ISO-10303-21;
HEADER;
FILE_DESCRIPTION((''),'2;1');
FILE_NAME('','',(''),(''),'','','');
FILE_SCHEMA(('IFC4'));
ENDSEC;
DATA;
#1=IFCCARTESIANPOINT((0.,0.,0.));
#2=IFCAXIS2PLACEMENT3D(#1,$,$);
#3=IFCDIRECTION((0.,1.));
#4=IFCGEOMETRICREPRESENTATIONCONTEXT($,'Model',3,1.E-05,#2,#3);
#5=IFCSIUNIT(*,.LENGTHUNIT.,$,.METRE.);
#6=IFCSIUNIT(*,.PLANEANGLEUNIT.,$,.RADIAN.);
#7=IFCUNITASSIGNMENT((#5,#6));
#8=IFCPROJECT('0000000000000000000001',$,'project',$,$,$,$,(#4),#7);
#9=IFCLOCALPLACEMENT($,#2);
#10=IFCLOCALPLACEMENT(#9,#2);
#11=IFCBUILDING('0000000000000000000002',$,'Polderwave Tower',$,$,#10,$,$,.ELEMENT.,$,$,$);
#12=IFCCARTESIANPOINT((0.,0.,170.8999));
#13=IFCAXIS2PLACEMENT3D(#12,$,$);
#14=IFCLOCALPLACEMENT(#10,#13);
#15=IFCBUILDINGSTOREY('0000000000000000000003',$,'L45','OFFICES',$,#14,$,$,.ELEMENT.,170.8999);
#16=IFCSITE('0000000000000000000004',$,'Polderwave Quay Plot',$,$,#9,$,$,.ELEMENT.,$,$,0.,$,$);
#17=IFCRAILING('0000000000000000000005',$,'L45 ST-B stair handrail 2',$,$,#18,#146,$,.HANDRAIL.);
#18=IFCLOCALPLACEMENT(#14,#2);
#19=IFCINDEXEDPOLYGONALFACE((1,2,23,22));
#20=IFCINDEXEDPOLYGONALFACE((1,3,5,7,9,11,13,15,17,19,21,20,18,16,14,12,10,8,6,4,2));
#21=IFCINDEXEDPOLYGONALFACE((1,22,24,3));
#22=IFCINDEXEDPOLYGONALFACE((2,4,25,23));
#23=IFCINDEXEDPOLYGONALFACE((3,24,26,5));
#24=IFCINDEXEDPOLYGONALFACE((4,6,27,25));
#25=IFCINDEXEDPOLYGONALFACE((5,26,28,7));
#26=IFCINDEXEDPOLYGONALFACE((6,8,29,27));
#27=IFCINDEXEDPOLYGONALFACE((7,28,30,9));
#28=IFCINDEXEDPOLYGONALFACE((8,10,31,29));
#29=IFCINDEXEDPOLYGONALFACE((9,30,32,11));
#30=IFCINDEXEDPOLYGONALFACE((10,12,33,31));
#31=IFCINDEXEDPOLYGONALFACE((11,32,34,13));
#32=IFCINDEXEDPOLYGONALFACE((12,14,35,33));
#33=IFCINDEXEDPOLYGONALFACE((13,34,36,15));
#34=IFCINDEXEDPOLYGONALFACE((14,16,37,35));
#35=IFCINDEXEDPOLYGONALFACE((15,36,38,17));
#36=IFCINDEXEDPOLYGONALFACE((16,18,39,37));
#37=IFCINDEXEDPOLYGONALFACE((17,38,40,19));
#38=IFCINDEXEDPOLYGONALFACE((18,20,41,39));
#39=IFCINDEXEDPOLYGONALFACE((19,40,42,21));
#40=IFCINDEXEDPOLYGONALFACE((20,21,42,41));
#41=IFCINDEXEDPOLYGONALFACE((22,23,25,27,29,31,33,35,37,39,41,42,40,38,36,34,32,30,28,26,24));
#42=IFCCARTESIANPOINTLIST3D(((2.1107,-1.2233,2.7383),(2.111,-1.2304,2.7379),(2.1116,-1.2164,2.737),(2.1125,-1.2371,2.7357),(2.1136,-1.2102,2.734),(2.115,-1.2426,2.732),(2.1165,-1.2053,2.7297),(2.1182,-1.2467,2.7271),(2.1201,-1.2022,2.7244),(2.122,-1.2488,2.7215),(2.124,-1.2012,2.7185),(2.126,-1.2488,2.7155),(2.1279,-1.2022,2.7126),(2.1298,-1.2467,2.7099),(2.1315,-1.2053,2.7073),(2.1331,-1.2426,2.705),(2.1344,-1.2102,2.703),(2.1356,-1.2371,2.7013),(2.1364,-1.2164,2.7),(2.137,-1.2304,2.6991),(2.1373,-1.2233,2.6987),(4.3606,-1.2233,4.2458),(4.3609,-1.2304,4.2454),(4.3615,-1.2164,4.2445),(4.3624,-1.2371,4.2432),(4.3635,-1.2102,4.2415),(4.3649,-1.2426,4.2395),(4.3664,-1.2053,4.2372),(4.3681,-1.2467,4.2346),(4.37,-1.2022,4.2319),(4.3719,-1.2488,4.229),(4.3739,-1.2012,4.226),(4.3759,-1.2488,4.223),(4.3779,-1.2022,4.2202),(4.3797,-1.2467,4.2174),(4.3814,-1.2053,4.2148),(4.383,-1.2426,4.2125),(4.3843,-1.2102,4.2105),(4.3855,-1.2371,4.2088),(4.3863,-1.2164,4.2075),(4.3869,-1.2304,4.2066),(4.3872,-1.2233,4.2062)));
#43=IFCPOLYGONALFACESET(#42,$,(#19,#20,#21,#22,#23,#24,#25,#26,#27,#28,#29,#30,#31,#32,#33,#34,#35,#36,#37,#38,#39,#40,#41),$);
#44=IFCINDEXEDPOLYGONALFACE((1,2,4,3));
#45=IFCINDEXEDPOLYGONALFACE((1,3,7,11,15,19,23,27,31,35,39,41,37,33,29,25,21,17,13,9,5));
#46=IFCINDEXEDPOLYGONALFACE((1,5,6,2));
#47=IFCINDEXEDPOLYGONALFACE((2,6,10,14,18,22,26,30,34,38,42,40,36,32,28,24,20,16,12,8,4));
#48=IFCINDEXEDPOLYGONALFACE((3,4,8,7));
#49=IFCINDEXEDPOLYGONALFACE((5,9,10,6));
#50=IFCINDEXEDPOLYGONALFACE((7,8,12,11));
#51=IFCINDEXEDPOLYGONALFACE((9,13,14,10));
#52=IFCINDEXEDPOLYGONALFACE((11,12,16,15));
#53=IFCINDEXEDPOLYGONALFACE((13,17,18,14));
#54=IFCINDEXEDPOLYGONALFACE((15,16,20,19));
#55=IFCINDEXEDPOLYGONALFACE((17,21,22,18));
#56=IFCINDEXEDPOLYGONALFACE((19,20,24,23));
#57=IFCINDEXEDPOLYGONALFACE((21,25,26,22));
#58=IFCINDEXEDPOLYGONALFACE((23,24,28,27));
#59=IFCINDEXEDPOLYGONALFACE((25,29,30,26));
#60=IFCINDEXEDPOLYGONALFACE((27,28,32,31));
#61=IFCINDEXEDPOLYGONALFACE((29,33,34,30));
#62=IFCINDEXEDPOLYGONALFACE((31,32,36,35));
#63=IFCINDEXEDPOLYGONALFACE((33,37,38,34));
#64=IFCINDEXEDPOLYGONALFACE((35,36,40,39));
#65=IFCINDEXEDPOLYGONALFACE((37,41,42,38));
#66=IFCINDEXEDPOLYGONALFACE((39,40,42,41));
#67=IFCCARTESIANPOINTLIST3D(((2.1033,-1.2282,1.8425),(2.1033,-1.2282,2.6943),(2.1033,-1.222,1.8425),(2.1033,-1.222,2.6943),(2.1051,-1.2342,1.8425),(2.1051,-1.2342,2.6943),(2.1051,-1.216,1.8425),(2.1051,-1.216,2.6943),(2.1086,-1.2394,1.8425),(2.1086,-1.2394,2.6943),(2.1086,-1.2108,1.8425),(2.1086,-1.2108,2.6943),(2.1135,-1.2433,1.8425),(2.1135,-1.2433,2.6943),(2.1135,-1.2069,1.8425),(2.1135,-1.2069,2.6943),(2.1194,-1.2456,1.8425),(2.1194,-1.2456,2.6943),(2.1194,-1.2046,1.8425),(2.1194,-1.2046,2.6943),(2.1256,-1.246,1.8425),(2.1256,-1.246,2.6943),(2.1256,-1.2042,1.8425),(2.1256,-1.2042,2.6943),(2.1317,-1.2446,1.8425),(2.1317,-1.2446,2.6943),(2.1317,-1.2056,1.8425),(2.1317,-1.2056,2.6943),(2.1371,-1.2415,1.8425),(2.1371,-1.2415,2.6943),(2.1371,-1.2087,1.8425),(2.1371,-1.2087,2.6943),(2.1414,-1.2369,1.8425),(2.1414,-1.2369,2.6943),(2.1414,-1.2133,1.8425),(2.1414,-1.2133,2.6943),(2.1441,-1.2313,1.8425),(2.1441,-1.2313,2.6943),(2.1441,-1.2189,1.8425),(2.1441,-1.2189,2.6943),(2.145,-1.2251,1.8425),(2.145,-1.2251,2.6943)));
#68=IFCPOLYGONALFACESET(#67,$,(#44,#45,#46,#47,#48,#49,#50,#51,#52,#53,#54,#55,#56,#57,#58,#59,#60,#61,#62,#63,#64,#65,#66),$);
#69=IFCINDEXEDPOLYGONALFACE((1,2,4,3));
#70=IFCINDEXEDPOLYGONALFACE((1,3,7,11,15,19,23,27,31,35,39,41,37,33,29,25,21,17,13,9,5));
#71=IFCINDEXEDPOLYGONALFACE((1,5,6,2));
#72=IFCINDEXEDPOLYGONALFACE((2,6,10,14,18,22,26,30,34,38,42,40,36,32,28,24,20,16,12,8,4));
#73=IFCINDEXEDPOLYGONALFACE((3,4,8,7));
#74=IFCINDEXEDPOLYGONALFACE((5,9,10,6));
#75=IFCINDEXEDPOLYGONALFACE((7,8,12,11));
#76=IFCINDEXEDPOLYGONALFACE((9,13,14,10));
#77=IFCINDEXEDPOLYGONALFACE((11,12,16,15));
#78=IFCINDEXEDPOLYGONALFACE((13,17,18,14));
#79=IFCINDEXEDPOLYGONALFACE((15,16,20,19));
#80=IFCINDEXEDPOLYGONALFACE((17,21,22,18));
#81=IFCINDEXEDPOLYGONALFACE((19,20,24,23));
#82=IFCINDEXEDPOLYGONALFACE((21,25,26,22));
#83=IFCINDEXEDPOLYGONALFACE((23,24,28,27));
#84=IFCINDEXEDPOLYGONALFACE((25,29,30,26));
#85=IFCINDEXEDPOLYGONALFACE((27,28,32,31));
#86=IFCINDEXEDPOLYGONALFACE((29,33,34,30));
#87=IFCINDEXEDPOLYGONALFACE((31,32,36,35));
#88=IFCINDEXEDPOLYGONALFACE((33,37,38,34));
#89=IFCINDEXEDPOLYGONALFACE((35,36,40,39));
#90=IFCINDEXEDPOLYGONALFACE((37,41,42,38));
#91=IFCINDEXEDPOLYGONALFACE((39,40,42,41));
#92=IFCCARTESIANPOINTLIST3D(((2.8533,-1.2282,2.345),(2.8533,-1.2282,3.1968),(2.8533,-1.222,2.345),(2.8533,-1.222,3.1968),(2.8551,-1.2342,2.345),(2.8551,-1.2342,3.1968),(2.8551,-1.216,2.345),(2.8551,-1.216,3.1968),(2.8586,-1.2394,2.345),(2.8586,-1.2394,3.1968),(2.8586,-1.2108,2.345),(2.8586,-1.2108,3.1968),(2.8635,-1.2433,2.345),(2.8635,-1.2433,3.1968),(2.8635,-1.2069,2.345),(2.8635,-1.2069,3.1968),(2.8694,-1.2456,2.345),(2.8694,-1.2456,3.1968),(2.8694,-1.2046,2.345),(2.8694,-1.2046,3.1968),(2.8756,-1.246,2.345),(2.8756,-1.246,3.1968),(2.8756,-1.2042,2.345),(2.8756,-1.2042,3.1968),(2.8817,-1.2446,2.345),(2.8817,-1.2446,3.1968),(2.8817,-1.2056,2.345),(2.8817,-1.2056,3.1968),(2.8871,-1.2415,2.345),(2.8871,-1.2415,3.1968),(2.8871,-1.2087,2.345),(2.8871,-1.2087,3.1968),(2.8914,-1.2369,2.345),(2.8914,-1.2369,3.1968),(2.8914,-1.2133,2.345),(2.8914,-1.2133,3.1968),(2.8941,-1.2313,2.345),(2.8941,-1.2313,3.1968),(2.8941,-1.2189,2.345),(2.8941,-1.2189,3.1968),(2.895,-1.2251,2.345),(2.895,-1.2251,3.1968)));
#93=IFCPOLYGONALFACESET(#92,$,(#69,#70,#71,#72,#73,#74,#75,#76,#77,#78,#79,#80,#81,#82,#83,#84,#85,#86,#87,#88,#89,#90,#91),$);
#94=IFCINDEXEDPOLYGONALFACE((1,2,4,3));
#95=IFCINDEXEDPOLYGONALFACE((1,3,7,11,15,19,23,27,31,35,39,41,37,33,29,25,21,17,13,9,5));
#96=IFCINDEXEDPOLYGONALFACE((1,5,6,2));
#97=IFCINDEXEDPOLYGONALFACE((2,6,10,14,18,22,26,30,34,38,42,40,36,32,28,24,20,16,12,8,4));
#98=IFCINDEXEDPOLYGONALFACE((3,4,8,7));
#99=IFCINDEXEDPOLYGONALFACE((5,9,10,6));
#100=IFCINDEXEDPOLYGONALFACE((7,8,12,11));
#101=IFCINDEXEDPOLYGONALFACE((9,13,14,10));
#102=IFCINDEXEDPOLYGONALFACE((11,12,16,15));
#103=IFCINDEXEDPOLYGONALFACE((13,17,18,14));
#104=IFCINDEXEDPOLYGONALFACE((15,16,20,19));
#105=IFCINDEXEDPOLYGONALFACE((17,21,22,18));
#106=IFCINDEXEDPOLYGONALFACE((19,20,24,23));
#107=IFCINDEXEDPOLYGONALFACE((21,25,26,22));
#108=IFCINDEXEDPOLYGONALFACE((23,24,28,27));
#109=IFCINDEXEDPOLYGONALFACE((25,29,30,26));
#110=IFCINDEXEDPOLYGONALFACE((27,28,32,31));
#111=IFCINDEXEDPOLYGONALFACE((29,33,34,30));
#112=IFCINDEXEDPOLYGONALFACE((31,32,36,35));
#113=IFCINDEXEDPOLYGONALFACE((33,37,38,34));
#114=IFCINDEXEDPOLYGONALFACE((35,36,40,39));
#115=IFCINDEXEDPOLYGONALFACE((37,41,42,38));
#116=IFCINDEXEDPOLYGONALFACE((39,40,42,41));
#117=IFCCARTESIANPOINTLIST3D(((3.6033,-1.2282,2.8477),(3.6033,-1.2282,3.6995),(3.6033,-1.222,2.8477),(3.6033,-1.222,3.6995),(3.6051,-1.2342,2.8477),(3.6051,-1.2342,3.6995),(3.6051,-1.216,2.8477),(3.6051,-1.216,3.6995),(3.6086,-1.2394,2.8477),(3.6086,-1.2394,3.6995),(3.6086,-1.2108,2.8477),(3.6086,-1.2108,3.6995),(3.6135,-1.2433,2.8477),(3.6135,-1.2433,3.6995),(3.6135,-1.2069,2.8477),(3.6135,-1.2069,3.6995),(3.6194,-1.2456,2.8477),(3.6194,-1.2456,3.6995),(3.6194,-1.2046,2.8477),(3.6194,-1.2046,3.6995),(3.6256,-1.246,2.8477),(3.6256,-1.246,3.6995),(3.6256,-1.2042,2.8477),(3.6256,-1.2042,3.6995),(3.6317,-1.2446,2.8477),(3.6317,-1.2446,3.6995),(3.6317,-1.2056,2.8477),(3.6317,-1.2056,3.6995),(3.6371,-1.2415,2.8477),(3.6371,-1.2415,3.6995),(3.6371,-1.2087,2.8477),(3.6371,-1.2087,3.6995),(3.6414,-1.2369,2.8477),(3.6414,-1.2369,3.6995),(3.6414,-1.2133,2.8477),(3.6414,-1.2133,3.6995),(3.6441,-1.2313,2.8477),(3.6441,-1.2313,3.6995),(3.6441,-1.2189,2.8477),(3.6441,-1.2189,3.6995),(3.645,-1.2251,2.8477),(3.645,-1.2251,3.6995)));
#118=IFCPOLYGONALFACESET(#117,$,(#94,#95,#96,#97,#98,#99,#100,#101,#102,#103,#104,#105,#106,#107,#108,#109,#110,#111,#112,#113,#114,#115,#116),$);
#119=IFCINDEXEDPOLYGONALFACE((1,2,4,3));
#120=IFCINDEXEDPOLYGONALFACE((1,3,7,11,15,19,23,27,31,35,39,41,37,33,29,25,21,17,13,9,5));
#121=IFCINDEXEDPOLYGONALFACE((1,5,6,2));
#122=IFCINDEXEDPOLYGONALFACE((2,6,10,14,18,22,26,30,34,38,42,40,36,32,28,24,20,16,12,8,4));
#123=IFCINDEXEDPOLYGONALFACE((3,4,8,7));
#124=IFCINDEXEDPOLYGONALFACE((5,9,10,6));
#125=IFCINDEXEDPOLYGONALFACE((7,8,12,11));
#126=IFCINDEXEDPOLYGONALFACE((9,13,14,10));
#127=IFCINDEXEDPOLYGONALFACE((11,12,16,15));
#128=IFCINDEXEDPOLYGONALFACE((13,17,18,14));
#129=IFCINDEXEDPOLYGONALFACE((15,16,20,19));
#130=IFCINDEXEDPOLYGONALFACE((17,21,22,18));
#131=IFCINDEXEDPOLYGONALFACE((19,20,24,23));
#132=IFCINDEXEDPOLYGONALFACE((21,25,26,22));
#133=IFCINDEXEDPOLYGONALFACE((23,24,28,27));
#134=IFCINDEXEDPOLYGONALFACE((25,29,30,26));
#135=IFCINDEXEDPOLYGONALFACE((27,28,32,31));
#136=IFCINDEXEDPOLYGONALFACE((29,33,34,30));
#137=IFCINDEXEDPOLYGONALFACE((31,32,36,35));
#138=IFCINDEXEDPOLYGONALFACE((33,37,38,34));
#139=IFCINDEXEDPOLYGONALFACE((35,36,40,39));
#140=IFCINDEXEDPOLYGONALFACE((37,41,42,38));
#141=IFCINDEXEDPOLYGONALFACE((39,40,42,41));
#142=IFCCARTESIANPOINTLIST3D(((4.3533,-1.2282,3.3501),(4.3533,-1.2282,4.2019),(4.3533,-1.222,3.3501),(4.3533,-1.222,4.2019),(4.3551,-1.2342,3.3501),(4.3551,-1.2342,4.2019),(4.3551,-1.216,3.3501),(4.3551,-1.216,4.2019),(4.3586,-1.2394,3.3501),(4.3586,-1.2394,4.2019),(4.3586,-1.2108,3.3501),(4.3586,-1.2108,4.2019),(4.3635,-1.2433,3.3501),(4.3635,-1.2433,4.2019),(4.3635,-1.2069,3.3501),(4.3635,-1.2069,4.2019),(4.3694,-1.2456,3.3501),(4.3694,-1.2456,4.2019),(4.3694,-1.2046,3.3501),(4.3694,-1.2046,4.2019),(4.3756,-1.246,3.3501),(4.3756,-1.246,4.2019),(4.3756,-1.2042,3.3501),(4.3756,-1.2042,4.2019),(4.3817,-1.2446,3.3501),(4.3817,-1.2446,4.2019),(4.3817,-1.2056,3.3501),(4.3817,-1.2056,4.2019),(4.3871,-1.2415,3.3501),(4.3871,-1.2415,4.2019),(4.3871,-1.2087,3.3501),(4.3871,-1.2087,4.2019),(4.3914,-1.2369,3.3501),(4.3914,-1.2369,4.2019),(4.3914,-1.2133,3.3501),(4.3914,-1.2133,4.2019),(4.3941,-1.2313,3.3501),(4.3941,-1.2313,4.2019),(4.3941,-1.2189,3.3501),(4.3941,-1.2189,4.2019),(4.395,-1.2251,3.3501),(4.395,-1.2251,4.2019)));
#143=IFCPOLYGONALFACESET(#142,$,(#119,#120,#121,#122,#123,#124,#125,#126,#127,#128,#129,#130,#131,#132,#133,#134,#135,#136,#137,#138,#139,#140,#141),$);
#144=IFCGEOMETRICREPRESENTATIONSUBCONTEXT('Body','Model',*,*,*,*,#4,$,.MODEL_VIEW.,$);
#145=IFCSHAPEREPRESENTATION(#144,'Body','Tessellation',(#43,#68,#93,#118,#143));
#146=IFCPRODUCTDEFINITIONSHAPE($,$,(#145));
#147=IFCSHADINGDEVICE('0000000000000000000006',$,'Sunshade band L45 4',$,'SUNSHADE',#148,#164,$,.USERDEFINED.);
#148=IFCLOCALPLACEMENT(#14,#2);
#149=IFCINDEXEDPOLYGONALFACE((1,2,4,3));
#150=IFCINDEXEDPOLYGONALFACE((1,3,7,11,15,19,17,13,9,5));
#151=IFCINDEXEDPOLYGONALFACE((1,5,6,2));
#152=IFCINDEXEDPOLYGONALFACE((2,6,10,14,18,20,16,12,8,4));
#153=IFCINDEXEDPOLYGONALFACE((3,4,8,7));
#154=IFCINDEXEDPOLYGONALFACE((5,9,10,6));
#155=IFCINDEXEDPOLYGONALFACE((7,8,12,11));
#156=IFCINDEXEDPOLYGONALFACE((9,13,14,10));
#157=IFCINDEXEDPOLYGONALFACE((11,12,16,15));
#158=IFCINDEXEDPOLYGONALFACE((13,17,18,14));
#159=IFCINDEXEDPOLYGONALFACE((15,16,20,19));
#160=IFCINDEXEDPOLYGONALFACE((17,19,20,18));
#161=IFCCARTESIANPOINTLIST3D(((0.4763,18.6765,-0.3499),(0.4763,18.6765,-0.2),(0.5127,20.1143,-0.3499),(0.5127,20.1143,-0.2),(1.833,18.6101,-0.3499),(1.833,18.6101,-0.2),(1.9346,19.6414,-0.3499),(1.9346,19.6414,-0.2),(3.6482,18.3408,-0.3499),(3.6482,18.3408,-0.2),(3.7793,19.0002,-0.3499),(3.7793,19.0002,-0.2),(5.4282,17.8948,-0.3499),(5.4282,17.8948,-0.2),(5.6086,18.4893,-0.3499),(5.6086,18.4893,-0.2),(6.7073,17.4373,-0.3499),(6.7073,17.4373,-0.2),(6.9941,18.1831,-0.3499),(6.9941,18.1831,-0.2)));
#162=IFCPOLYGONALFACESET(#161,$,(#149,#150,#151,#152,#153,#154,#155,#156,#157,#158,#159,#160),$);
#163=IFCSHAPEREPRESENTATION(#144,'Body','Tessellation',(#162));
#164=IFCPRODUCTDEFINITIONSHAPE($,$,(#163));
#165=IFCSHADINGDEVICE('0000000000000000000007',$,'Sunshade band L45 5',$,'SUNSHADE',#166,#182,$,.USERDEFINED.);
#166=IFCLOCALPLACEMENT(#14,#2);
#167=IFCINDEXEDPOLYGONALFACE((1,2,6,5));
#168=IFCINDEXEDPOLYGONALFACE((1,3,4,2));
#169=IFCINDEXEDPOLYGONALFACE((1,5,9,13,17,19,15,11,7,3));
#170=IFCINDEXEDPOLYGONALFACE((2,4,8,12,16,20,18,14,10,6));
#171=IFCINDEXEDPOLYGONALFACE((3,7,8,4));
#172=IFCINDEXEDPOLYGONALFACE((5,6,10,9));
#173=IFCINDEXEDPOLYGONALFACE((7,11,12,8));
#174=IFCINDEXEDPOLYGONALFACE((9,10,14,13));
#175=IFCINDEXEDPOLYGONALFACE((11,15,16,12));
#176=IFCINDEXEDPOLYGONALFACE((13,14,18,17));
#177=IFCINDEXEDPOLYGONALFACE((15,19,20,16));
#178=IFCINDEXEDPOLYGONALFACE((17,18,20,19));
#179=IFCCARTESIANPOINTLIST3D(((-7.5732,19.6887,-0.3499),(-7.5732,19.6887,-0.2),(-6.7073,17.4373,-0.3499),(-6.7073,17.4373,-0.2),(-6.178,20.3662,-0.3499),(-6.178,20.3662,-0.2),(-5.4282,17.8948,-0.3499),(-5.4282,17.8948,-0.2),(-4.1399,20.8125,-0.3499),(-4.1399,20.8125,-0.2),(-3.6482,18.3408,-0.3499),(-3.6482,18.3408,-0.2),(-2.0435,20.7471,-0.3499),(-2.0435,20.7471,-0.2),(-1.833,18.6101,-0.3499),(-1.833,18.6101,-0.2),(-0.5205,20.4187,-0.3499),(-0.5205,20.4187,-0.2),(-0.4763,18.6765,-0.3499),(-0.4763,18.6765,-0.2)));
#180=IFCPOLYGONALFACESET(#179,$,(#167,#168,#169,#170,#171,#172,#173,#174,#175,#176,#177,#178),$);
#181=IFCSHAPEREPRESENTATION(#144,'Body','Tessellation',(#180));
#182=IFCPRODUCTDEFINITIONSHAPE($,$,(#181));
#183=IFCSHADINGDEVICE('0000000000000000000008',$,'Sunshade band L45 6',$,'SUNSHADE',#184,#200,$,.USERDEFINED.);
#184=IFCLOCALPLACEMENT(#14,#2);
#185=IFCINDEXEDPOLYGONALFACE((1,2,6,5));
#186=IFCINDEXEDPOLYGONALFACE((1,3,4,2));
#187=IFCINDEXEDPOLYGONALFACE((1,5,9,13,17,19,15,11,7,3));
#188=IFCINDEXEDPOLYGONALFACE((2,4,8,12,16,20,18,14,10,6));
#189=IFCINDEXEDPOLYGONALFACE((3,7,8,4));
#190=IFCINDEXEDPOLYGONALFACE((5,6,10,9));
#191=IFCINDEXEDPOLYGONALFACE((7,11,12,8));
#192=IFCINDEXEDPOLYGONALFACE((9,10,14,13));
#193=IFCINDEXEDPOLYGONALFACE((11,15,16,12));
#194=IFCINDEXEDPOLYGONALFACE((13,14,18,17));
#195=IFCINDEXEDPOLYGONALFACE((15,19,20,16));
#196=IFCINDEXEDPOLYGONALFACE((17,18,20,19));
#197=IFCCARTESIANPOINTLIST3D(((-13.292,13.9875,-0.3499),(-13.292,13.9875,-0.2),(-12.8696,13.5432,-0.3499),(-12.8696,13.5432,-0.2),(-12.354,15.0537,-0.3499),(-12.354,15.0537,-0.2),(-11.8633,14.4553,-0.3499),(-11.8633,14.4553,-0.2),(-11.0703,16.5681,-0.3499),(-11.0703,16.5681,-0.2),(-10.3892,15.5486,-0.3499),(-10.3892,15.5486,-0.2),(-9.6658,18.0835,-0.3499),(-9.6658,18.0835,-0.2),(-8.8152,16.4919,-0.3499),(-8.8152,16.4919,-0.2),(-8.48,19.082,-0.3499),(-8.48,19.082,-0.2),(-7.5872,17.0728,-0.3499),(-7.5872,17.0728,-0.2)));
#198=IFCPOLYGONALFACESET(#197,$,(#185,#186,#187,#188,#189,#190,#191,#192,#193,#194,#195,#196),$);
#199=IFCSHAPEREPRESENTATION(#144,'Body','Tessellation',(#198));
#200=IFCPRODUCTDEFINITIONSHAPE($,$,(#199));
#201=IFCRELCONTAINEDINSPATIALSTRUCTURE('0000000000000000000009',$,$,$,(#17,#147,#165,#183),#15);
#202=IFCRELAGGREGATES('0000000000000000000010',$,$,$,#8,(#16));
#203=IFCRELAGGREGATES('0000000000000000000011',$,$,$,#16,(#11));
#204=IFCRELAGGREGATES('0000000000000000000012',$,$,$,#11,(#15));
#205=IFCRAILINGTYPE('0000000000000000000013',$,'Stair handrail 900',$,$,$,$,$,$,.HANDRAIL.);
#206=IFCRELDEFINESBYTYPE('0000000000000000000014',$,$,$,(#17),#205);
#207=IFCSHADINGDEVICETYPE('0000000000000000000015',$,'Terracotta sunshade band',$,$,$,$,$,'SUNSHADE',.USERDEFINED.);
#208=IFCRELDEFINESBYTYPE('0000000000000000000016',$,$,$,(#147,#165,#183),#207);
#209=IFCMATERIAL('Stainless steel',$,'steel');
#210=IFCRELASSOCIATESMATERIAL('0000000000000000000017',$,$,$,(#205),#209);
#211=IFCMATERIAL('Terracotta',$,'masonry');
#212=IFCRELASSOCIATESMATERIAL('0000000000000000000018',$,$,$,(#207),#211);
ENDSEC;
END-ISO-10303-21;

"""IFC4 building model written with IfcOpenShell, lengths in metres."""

from ifc_helpers import new_model, si_unit, direction, frame, origin, origin_2d, place, context, subcontext, project, spatial, polyline, circle, outline, extrude, material, type_object, element, save


model = new_model("IFC4")

# Units and contexts
model_context = context("Model", 3, precision=1e-05, world=origin(), true_north=direction((0.0, 1.0)))
body_context = subcontext(model_context, "Body", "Model", "MODEL_VIEW")
ifc_project = project(units=[si_unit("LENGTHUNIT", "METRE"), si_unit("PLANEANGLEUNIT", "RADIAN")], contexts=[model_context])

# Site, building, storey
site_placement = place(None, origin())
site = spatial("IfcSite", under=ifc_project, at=site_placement, Name="Polderwave Quay Plot", CompositionType="ELEMENT", RefElevation=0.0)
building_placement = place(site_placement, origin())
building = spatial("IfcBuilding", under=site, at=building_placement, Name="Polderwave Tower", CompositionType="ELEMENT")
storey_placement = place(building_placement, frame((0.0, 0.0, 170.8999)))
storey = spatial("IfcBuildingStorey", under=building, at=storey_placement, Name="L45", Description="OFFICES", CompositionType="ELEMENT", Elevation=170.8999)

# Railing
ifc_material_1 = material(Name="Stainless steel", Category="steel")
railing_type_1 = type_object("IfcRailingType", Name="Stair handrail 900", PredefinedType="HANDRAIL", material=ifc_material_1)
railing_1_placement = place(storey_placement, frame((2.124, -1.2251, 1.8425)))
element("IfcRailing", 1, at=railing_1_placement, inside=storey, type_object=railing_type_1, Name="L45 ST-B stair handrail 2", PredefinedType="HANDRAIL", context=body_context, shape_type="SweptSolid", body=[
    extrude(circle(Radius=0.0239, at=origin_2d()), frame((0.0, 0.0, 0.876), z_axis=(0.830758, 0.0, 0.556633), x_axis=(0.0, 1.0, 0.0)), (0.0, 0.0, 1.0), 2.7083),
    extrude(circle(Radius=0.021, at=origin_2d()), origin(), (0.0, 0.0, 1.0), 0.8518),
    extrude(circle(Radius=0.021, at=origin_2d()), frame((0.75, 0.0, 0.5024)), (0.0, 0.0, 1.0), 0.8518),
    extrude(circle(Radius=0.021, at=origin_2d()), frame((1.5, 0.0, 1.0051)), (0.0, 0.0, 1.0), 0.8518),
    extrude(circle(Radius=0.021, at=origin_2d()), frame((2.25, 0.0, 1.5076)), (0.0, 0.0, 1.0), 0.8518),
])

# Shading devices
ifc_material_2 = material(Name="Terracotta", Category="masonry")
shading_device_type = type_object("IfcShadingDeviceType", Name="Terracotta sunshade band", ElementType="SUNSHADE", PredefinedType="USERDEFINED", material=ifc_material_2)
shading_device_1_placement = place(storey_placement, frame((0.0, 0.0, -0.3499)))
element("IfcShadingDevice", 2, at=shading_device_1_placement, inside=storey, type_object=shading_device_type, Name="Sunshade band L45 4", ObjectType="SUNSHADE", PredefinedType="USERDEFINED", context=body_context, shape_type="SweptSolid", body=[
    extrude(outline(polyline([(6.7073, 17.4373), (5.4282, 17.8948), (3.6482, 18.3408), (1.833, 18.6101), (0.4763, 18.6765), (0.5127, 20.1143), (1.9346, 19.6414), (3.7793, 19.0002), (5.6086, 18.4893), (6.9941, 18.1831), (6.7073, 17.4373)])), origin(), (0.0, 0.0, 1.0), 0.1499),
])
shading_device_2_placement = place(storey_placement, frame((0.0, 0.0, -0.3499)))
element("IfcShadingDevice", 3, at=shading_device_2_placement, inside=storey, type_object=shading_device_type, Name="Sunshade band L45 5", ObjectType="SUNSHADE", PredefinedType="USERDEFINED", context=body_context, shape_type="SweptSolid", body=[
    extrude(outline(polyline([(-0.4763, 18.6765), (-1.833, 18.6101), (-3.6482, 18.3408), (-5.4282, 17.8948), (-6.7073, 17.4373), (-7.5732, 19.6887), (-6.178, 20.3662), (-4.1399, 20.8125), (-2.0435, 20.7471), (-0.5205, 20.4187), (-0.4763, 18.6765)])), origin(), (0.0, 0.0, 1.0), 0.1499),
])
shading_device_3_placement = place(storey_placement, frame((0.0, 0.0, -0.3499)))
element("IfcShadingDevice", 4, at=shading_device_3_placement, inside=storey, type_object=shading_device_type, Name="Sunshade band L45 6", ObjectType="SUNSHADE", PredefinedType="USERDEFINED", context=body_context, shape_type="SweptSolid", body=[
    extrude(outline(polyline([(-7.5872, 17.0728), (-8.8152, 16.4919), (-10.3892, 15.5486), (-11.8633, 14.4553), (-12.8696, 13.5432), (-13.292, 13.9875), (-12.354, 15.0537), (-11.0703, 16.5681), (-9.6658, 18.0835), (-8.48, 19.082), (-7.5872, 17.0728)])), origin(), (0.0, 0.0, 1.0), 0.1499),
])

save(model, "model.ifc")
